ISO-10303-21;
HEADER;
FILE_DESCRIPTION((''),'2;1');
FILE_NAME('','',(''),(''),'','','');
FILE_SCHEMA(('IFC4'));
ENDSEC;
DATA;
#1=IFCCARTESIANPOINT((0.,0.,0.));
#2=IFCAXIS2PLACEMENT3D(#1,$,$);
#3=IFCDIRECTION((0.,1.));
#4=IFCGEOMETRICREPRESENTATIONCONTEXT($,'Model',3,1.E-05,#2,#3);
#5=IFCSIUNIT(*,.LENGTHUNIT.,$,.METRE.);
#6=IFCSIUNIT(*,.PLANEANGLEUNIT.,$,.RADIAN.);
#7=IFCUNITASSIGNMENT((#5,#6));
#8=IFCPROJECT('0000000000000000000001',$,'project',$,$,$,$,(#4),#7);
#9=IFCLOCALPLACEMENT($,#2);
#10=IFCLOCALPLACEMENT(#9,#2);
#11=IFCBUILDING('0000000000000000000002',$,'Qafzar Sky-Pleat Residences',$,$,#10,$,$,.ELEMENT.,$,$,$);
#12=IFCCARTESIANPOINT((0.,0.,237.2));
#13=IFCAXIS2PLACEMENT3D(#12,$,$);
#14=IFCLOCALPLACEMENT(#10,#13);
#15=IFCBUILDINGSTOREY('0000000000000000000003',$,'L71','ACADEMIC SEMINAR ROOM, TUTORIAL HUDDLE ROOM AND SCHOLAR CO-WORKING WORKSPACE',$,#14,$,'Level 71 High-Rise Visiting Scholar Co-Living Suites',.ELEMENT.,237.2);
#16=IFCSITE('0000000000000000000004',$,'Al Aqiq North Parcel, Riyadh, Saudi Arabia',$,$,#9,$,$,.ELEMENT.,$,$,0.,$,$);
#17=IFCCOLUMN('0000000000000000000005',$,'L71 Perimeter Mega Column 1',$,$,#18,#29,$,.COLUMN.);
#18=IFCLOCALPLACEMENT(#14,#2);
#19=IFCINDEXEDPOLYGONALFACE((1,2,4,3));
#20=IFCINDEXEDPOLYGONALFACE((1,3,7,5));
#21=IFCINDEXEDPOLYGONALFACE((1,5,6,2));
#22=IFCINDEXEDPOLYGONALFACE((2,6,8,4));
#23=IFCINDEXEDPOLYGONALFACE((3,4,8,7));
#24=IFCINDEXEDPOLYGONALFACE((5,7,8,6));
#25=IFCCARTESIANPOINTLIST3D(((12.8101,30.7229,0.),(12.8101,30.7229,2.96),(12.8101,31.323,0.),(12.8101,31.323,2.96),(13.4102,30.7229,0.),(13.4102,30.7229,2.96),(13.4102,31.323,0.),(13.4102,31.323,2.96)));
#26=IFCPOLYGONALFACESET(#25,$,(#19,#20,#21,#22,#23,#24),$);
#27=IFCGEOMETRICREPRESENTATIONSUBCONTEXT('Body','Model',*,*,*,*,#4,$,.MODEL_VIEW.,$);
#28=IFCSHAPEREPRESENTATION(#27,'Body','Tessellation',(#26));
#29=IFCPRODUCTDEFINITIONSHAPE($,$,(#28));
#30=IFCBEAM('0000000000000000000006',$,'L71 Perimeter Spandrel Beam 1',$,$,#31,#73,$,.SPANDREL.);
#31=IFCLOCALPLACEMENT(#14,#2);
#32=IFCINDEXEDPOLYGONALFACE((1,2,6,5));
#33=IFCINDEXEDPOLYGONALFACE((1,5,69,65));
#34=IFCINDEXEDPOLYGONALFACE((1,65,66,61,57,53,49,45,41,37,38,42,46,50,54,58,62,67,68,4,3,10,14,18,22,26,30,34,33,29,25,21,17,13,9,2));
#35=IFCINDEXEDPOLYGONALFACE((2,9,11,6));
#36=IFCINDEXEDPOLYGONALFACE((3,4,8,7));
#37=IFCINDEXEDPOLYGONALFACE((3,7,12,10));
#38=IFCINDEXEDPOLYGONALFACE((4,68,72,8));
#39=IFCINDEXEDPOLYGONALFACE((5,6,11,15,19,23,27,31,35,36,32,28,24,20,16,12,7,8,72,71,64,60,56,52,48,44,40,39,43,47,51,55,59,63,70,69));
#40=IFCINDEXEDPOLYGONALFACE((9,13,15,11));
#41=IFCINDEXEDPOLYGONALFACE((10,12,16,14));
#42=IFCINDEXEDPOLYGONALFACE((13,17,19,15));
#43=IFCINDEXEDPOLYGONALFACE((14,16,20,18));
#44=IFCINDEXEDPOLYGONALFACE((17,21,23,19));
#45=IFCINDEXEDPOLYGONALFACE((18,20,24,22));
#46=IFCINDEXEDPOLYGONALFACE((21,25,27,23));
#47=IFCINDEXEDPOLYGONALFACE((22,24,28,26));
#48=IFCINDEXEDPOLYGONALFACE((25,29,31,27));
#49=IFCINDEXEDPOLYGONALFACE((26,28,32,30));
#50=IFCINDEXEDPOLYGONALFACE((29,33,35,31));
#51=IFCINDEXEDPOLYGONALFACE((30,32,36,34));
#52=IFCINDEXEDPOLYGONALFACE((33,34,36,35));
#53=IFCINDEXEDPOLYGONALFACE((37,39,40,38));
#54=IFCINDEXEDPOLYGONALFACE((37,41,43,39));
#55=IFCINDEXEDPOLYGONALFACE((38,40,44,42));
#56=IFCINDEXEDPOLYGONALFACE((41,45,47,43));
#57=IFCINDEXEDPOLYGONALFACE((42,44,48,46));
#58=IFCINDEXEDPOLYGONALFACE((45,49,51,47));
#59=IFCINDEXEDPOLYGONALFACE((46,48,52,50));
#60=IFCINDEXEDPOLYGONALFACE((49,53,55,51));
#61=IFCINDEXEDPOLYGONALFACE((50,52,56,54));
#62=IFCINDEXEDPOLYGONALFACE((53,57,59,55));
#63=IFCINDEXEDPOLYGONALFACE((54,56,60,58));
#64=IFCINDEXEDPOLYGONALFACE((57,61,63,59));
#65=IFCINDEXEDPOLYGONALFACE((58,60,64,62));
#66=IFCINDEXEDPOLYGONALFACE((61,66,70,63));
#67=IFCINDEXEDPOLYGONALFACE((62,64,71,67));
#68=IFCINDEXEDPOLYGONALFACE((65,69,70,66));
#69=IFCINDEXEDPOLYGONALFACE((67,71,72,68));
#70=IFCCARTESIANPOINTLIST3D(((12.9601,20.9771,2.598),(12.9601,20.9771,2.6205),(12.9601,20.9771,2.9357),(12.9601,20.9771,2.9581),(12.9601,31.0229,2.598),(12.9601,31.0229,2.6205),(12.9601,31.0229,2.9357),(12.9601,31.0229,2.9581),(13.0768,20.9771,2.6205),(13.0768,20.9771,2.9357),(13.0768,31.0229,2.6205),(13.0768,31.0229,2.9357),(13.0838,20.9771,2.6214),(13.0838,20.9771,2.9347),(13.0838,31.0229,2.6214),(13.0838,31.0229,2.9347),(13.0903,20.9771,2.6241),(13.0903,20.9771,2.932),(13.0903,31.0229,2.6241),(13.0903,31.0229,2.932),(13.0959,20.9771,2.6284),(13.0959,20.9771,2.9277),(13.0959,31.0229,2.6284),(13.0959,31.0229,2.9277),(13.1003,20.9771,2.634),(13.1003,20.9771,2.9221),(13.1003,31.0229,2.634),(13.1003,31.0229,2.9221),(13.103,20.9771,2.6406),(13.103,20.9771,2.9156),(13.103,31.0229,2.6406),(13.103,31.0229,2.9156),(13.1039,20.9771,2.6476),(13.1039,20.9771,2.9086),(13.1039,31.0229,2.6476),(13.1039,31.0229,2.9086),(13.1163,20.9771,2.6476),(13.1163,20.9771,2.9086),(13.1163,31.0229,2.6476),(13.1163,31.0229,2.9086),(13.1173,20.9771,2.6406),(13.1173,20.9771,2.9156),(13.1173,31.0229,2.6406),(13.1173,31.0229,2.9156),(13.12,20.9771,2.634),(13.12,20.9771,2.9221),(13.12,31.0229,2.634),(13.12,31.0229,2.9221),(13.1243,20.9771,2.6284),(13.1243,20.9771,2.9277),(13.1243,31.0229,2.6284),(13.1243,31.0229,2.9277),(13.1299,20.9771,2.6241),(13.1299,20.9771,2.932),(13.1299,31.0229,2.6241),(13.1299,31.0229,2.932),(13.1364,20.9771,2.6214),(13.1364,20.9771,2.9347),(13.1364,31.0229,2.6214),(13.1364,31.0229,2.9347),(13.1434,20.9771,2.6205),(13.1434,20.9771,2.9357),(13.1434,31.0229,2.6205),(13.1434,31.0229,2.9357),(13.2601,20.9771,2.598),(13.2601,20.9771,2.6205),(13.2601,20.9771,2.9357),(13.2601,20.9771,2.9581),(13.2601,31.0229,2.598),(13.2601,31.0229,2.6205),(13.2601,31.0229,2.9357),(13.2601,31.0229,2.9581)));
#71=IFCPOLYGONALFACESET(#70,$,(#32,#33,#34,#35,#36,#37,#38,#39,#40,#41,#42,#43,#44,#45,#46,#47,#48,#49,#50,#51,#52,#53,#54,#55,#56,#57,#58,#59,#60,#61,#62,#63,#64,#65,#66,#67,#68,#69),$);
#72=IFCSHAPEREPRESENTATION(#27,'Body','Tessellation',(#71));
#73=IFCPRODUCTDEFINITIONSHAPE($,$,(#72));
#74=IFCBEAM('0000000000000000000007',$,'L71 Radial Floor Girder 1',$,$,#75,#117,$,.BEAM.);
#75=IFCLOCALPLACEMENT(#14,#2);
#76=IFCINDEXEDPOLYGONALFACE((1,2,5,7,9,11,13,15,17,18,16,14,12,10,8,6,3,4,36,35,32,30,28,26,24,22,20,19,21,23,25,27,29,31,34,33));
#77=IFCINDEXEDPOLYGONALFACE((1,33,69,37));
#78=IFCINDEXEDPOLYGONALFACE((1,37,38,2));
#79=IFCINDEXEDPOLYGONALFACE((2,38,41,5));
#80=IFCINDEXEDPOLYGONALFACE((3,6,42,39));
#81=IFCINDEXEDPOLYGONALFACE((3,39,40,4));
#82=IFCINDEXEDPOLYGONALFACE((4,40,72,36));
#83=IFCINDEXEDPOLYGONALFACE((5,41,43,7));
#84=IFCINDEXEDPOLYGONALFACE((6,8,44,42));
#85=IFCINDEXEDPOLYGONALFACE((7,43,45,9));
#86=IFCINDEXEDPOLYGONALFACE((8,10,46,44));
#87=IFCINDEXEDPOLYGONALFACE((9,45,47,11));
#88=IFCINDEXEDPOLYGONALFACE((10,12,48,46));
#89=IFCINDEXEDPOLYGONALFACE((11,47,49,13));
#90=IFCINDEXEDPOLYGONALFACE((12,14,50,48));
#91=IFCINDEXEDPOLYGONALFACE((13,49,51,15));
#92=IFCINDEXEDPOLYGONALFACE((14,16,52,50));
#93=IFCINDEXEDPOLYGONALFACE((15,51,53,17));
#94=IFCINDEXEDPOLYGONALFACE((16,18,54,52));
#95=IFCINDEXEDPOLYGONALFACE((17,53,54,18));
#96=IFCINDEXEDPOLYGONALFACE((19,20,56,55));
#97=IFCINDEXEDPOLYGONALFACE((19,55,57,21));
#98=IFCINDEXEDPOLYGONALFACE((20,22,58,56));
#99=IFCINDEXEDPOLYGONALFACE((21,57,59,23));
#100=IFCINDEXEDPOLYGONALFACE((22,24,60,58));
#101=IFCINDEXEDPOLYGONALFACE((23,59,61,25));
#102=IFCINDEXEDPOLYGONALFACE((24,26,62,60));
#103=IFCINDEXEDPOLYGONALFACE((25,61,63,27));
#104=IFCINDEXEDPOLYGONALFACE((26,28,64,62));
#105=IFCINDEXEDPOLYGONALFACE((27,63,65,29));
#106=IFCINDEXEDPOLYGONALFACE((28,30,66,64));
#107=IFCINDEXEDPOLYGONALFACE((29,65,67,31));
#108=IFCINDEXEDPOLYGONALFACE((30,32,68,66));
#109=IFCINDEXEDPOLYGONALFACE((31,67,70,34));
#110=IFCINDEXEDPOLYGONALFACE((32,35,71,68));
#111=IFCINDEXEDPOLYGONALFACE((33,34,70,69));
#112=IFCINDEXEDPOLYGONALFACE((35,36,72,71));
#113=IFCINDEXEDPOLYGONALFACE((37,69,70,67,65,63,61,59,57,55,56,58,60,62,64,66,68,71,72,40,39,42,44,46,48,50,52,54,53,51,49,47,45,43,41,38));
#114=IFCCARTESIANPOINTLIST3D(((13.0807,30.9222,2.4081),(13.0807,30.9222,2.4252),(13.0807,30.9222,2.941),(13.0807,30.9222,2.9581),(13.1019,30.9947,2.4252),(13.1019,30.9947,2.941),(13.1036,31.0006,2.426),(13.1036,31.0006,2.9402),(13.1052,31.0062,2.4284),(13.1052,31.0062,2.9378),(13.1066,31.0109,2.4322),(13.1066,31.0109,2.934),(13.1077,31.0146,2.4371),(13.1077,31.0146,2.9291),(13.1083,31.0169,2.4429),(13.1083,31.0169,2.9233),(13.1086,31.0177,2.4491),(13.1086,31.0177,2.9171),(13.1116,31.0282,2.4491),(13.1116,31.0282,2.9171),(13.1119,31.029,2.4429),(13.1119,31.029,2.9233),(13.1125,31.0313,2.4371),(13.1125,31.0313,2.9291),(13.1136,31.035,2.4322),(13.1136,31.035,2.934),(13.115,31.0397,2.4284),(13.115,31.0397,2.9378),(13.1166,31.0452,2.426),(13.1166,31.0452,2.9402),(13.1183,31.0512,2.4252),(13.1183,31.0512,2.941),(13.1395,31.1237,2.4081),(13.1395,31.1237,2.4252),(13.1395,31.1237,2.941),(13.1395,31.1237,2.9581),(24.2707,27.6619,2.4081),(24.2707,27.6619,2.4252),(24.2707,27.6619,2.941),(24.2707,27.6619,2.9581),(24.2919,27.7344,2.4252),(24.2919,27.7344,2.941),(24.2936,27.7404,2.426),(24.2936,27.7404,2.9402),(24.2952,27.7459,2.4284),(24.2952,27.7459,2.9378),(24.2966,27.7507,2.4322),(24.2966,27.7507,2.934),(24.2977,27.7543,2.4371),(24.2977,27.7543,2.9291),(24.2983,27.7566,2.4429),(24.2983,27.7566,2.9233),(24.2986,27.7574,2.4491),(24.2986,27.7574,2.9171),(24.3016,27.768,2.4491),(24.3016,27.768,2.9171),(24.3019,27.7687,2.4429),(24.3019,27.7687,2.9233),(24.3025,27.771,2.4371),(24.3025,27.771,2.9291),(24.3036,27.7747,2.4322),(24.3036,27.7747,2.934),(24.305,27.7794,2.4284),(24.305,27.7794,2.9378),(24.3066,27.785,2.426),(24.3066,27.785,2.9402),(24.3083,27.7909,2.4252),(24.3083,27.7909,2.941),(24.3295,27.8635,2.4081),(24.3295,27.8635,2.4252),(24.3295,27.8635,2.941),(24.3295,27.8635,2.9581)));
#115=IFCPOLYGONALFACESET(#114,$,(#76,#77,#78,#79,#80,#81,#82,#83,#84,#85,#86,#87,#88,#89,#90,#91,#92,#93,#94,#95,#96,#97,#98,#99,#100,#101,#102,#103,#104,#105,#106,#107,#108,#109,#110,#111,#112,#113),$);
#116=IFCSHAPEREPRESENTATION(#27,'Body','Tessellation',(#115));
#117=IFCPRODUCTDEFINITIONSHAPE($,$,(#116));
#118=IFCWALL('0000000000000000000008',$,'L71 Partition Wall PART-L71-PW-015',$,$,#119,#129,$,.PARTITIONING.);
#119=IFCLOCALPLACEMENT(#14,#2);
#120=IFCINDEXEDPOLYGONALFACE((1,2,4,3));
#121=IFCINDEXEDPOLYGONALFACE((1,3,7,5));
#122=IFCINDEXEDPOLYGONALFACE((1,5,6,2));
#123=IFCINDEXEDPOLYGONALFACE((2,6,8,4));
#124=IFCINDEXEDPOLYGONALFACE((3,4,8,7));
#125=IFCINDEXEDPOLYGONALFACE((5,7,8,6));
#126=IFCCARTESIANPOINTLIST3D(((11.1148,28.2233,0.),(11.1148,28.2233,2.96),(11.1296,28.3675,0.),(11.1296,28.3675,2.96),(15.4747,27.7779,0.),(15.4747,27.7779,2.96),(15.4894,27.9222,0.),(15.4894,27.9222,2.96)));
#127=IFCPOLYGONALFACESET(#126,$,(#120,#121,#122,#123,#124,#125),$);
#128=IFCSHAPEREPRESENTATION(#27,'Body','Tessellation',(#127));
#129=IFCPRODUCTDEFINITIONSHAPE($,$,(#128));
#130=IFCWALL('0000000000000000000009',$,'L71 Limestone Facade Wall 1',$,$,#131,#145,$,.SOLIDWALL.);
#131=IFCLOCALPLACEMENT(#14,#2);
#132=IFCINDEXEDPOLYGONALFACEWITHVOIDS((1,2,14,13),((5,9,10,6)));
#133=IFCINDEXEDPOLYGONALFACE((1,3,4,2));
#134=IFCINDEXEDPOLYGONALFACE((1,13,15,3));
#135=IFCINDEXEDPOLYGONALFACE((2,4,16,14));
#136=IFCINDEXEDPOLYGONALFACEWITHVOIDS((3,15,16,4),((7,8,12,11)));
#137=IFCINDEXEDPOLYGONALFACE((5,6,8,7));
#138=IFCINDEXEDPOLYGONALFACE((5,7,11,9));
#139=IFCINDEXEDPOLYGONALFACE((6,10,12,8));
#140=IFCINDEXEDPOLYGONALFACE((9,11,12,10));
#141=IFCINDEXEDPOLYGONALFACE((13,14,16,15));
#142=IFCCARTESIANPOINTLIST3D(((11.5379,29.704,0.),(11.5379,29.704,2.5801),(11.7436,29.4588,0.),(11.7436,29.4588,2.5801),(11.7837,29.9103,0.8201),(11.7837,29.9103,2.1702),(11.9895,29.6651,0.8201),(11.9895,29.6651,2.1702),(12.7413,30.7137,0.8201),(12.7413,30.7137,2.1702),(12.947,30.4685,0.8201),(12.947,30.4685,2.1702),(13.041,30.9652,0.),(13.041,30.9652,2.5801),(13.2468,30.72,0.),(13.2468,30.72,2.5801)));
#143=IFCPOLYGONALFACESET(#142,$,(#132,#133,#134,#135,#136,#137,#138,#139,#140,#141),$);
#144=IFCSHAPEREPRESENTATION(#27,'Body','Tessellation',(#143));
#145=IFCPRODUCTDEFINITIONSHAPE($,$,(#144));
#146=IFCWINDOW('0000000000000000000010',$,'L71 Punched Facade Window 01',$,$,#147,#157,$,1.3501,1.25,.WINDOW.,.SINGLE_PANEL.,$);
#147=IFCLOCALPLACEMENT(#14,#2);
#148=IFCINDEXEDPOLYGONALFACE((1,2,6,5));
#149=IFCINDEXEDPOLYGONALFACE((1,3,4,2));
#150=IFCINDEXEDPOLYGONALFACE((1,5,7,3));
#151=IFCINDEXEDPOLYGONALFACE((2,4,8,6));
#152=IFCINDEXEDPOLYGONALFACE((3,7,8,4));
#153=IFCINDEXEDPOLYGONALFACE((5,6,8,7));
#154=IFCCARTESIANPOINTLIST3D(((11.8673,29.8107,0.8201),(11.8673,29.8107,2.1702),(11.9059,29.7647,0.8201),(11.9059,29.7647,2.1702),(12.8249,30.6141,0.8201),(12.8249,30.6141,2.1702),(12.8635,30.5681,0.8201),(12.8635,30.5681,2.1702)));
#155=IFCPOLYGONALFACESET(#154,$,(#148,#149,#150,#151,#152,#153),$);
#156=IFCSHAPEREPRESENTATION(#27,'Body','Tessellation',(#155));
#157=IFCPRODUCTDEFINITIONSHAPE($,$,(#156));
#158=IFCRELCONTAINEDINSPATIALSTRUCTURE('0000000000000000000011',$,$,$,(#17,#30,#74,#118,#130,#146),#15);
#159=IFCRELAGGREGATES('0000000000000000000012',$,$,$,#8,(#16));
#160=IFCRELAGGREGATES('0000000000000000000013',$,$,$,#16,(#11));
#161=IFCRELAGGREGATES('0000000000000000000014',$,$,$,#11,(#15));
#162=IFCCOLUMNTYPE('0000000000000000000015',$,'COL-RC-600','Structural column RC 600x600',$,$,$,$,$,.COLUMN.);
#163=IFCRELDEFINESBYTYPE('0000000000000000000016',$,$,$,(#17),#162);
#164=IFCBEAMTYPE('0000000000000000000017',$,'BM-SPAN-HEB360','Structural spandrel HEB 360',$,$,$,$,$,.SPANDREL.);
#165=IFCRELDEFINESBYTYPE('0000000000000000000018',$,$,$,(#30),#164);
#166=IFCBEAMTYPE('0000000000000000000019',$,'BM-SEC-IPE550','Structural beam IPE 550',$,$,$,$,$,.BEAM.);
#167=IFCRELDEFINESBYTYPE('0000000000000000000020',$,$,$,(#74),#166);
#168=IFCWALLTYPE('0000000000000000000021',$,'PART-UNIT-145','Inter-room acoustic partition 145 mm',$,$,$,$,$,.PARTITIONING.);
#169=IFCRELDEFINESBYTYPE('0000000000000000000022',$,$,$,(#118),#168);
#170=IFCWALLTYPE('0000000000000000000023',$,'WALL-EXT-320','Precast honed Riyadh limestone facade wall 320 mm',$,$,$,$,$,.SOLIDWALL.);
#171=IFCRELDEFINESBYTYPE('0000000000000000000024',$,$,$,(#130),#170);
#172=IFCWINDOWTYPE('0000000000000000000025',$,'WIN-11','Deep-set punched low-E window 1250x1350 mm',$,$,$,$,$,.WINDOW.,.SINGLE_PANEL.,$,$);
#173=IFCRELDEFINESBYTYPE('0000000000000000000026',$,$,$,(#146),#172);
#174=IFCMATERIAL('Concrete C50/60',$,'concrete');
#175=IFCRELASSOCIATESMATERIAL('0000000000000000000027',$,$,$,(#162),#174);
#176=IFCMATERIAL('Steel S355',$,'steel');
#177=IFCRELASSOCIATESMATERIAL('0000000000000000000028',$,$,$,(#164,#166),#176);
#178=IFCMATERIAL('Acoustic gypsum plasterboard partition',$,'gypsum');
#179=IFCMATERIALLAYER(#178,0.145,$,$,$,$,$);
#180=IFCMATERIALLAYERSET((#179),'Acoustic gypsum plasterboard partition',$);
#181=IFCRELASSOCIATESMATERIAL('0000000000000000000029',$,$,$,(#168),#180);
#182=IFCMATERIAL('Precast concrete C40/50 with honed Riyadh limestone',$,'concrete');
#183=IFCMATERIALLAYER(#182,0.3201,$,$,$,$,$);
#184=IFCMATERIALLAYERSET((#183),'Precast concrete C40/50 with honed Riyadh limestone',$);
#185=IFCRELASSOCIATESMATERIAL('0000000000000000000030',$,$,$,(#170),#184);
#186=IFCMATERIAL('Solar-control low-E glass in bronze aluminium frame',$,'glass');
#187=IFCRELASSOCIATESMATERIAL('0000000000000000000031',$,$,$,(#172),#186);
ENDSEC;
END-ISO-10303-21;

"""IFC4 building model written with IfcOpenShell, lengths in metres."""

from ifc_helpers import new_model, si_unit, direction, frame, frame_2d, origin, origin_2d, place, context, subcontext, project, spatial, rectangle, i_section, extrude, source, transform, mapped, material, layer, layer_set, material_profile, profile_set, type_object, element, fill, save


model = new_model("IFC4")

# Units and contexts
model_context = context("Model", 3, precision=1e-05, world=origin(), true_north=direction((0.0, 1.0)))
body_context = subcontext(model_context, "Body", "Model", "MODEL_VIEW")
ifc_project = project(units=[si_unit("LENGTHUNIT", "METRE"), si_unit("PLANEANGLEUNIT", "RADIAN")], contexts=[model_context])

# Site, building, storey
site_placement = place(None, origin())
site = spatial("IfcSite", under=ifc_project, at=site_placement, Name="Al Aqiq North Parcel, Riyadh, Saudi Arabia", CompositionType="ELEMENT", RefElevation=0.0)
building_placement = place(site_placement, origin())
building = spatial("IfcBuilding", under=site, at=building_placement, Name="Qafzar Sky-Pleat Residences", CompositionType="ELEMENT")
storey_placement = place(building_placement, frame((0.0, 0.0, 237.2)))
storey = spatial("IfcBuildingStorey", under=building, at=storey_placement, Name="L71", Description="ACADEMIC SEMINAR ROOM, TUTORIAL HUDDLE ROOM AND SCHOLAR CO-WORKING WORKSPACE", LongName="Level 71 High-Rise Visiting Scholar Co-Living Suites", CompositionType="ELEMENT", Elevation=237.2)

# Column
ifc_material_1 = material(Name="Concrete C50/60", Category="concrete")
ifc_material_profile_1 = material_profile(ifc_material_1, rectangle(XDim=0.6001, YDim=0.6001, at=origin_2d()), Name="RC 600x600")
ifc_profile_set_1 = profile_set([ifc_material_profile_1], Name="Concrete C50/60")
column_type = type_object("IfcColumnType", Name="COL-RC-600", Description="Structural column RC 600x600", PredefinedType="COLUMN", material=ifc_profile_set_1)
shared_shape_1 = source(origin(), body_context, "Body", "SweptSolid", [
    extrude(rectangle(XDim=0.6001, YDim=0.6001, at=origin_2d()), origin(), (0.0, 0.0, 1.0), 2.96),
])
column_placement = place(storey_placement, frame((13.1101, 31.0229, 0.0), z_axis=(0.0, 0.0, 1.0), x_axis=(1.0, 0.0, 0.0)))
element("IfcColumn", 1, at=column_placement, inside=storey, type_object=column_type, Name="L71 Perimeter Mega Column 1", PredefinedType="COLUMN", context=body_context, shape_type="MappedRepresentation", body=[
    mapped(shared_shape_1, transform((0.0, 0.0, 0.0), x_axis=(1.0, 0.0, 0.0), y_axis=(0.0, 1.0, 0.0), z_axis=(0.0, 0.0, 1.0), scale=1.0)),
])

# Beams
ifc_material_2 = material(Name="Steel S355", Category="steel")
ifc_material_profile_2 = material_profile(ifc_material_2, i_section(OverallWidth=0.3, OverallDepth=0.3601, WebThickness=0.0125, FlangeThickness=0.0225, FilletRadius=0.0271, at=origin_2d()), Name="HEB 360")
ifc_profile_set_2 = profile_set([ifc_material_profile_2], Name="Steel S355")
beam_type_1 = type_object("IfcBeamType", Name="BM-SPAN-HEB360", Description="Structural spandrel HEB 360", PredefinedType="SPANDREL", material=ifc_profile_set_2)
shared_shape_2 = source(origin(), body_context, "Body", "SweptSolid", [
    extrude(i_section(OverallWidth=0.3, OverallDepth=0.3601, WebThickness=0.0125, FlangeThickness=0.0225, FilletRadius=0.0271, at=origin_2d()), origin(), (0.0, 0.0, 1.0), 10.0459),
])
beam_1_placement = place(storey_placement, frame((13.1101, 31.0229, 2.7781), z_axis=(0.0, -1.0, 0.0), x_axis=(1.0, 0.0, 0.0)))
element("IfcBeam", 2, at=beam_1_placement, inside=storey, type_object=beam_type_1, Name="L71 Perimeter Spandrel Beam 1", PredefinedType="SPANDREL", context=body_context, shape_type="MappedRepresentation", body=[
    mapped(shared_shape_2, transform((0.0, 0.0, 0.0), x_axis=(1.0, 0.0, 0.0), y_axis=(0.0, 1.0, 0.0), z_axis=(0.0, 0.0, 1.0), scale=1.0)),
])
ifc_material_profile_3 = material_profile(ifc_material_2, i_section(OverallWidth=0.21, OverallDepth=0.55, WebThickness=0.011, FlangeThickness=0.0171, FilletRadius=0.0239, at=origin_2d()), Name="IPE 550")
ifc_profile_set_3 = profile_set([ifc_material_profile_3], Name="Steel S355")
beam_type_2 = type_object("IfcBeamType", Name="BM-SEC-IPE550", Description="Structural beam IPE 550", PredefinedType="BEAM", material=ifc_profile_set_3)
shared_shape_3 = source(origin(), body_context, "Body", "SweptSolid", [
    extrude(i_section(OverallWidth=0.21, OverallDepth=0.55, WebThickness=0.011, FlangeThickness=0.0171, FilletRadius=0.0239, at=origin_2d()), origin(), (0.0, 0.0, 1.0), 11.6553),
])
beam_2_placement = place(storey_placement, frame((13.1101, 31.0229, 2.6831), z_axis=(0.96008, -0.279725, 0.0), x_axis=(0.279725, 0.96008, 0.0)))
element("IfcBeam", 3, at=beam_2_placement, inside=storey, type_object=beam_type_2, Name="L71 Radial Floor Girder 1", PredefinedType="BEAM", context=body_context, shape_type="MappedRepresentation", body=[
    mapped(shared_shape_3, transform((0.0, 0.0, 0.0), x_axis=(1.0, 0.0, 0.0), y_axis=(0.0, 1.0, 0.0), z_axis=(0.0, 0.0, 1.0), scale=1.0)),
])

# Wall
ifc_material_3 = material(Name="Acoustic gypsum plasterboard partition", Category="gypsum")
ifc_layer_1 = layer(ifc_material_3, 0.145)
ifc_layer_set_1 = layer_set([ifc_layer_1], Name="Acoustic gypsum plasterboard partition")
wall_type_1 = type_object("IfcWallType", Name="PART-UNIT-145", Description="Inter-room acoustic partition 145 mm", PredefinedType="PARTITIONING", material=ifc_layer_set_1)
wall_1_placement = place(storey_placement, frame((11.1221, 28.2954, 0.0), z_axis=(0.0, 0.0, 1.0), x_axis=(0.994824, -0.10161, 0.0)))
element("IfcWall", 4, at=wall_1_placement, inside=storey, type_object=wall_type_1, Name="L71 Partition Wall PART-L71-PW-015", PredefinedType="PARTITIONING", context=body_context, shape_type="SweptSolid", body=[
    extrude(rectangle(XDim=4.3826, YDim=0.145, at=frame_2d((2.1914, 0.0))), origin(), (0.0, 0.0, 1.0), 2.96),
])

# Wall, opening, window
ifc_material_4 = material(Name="Precast concrete C40/50 with honed Riyadh limestone", Category="concrete")
ifc_layer_2 = layer(ifc_material_4, 0.3201)
ifc_layer_set_2 = layer_set([ifc_layer_2], Name="Precast concrete C40/50 with honed Riyadh limestone")
wall_type_2 = type_object("IfcWallType", Name="WALL-EXT-320", Description="Precast honed Riyadh limestone facade wall 320 mm", PredefinedType="SOLIDWALL", material=ifc_layer_set_2)
wall_2_placement = place(storey_placement, frame((13.1438, 30.8425, 0.0), z_axis=(0.0, 0.0, 1.0), x_axis=(-0.766065, -0.642763, 0.0)))
wall_2 = element("IfcWall", 5, at=wall_2_placement, inside=storey, type_object=wall_type_2, Name="L71 Limestone Facade Wall 1", PredefinedType="SOLIDWALL", context=body_context, shape_type="SweptSolid", body=[
    extrude(rectangle(XDim=1.9622, YDim=0.3201, at=frame_2d((0.981, 0.0))), origin(), (0.0, 0.0, 1.0), 2.5801),
])
opening_1_placement = place(wall_2_placement, frame((0.3911, 0.0, 0.8201)))
opening_1 = element("IfcOpeningElement", 6, at=opening_1_placement, cuts=wall_2, PredefinedType="OPENING", context=body_context, shape_type="SweptSolid", body=[
    extrude(rectangle(XDim=1.25, YDim=1.3501, at=frame_2d((0.625, 0.675))), frame((0.0, 0.1699, 0.0), z_axis=(0.0, -1.0, 0.0), x_axis=(1.0, 0.0, 0.0)), (0.0, 0.0, 1.0), 0.3401),
])
ifc_material_5 = material(Name="Solar-control low-E glass in bronze aluminium frame", Category="glass")
window_type_1 = type_object("IfcWindowType", Name="WIN-11", Description="Deep-set punched low-E window 1250x1350 mm", PartitioningType="SINGLE_PANEL", PredefinedType="WINDOW", material=ifc_material_5)
shared_shape_4 = source(origin(), body_context, "Body", "SweptSolid", [
    extrude(rectangle(XDim=1.25, YDim=1.3501, at=frame_2d((0.625, 0.675))), frame((0.0, 0.03, 0.0), z_axis=(0.0, -1.0, 0.0), x_axis=(1.0, 0.0, 0.0)), (0.0, 0.0, 1.0), 0.0601),
])
window_1_placement = place(opening_1_placement, origin())
window_1 = element("IfcWindow", 7, at=window_1_placement, inside=storey, type_object=window_type_1, Name="L71 Punched Facade Window 01", OverallHeight=1.3501, OverallWidth=1.25, PartitioningType="SINGLE_PANEL", PredefinedType="WINDOW", context=body_context, shape_type="MappedRepresentation", body=[
    mapped(shared_shape_4, transform((0.0, 0.0, 0.0), x_axis=(1.0, 0.0, 0.0), y_axis=(0.0, 1.0, 0.0), z_axis=(0.0, 0.0, 1.0), scale=1.0)),
])
fill(opening_1, window_1)

save(model, "model.ifc")
